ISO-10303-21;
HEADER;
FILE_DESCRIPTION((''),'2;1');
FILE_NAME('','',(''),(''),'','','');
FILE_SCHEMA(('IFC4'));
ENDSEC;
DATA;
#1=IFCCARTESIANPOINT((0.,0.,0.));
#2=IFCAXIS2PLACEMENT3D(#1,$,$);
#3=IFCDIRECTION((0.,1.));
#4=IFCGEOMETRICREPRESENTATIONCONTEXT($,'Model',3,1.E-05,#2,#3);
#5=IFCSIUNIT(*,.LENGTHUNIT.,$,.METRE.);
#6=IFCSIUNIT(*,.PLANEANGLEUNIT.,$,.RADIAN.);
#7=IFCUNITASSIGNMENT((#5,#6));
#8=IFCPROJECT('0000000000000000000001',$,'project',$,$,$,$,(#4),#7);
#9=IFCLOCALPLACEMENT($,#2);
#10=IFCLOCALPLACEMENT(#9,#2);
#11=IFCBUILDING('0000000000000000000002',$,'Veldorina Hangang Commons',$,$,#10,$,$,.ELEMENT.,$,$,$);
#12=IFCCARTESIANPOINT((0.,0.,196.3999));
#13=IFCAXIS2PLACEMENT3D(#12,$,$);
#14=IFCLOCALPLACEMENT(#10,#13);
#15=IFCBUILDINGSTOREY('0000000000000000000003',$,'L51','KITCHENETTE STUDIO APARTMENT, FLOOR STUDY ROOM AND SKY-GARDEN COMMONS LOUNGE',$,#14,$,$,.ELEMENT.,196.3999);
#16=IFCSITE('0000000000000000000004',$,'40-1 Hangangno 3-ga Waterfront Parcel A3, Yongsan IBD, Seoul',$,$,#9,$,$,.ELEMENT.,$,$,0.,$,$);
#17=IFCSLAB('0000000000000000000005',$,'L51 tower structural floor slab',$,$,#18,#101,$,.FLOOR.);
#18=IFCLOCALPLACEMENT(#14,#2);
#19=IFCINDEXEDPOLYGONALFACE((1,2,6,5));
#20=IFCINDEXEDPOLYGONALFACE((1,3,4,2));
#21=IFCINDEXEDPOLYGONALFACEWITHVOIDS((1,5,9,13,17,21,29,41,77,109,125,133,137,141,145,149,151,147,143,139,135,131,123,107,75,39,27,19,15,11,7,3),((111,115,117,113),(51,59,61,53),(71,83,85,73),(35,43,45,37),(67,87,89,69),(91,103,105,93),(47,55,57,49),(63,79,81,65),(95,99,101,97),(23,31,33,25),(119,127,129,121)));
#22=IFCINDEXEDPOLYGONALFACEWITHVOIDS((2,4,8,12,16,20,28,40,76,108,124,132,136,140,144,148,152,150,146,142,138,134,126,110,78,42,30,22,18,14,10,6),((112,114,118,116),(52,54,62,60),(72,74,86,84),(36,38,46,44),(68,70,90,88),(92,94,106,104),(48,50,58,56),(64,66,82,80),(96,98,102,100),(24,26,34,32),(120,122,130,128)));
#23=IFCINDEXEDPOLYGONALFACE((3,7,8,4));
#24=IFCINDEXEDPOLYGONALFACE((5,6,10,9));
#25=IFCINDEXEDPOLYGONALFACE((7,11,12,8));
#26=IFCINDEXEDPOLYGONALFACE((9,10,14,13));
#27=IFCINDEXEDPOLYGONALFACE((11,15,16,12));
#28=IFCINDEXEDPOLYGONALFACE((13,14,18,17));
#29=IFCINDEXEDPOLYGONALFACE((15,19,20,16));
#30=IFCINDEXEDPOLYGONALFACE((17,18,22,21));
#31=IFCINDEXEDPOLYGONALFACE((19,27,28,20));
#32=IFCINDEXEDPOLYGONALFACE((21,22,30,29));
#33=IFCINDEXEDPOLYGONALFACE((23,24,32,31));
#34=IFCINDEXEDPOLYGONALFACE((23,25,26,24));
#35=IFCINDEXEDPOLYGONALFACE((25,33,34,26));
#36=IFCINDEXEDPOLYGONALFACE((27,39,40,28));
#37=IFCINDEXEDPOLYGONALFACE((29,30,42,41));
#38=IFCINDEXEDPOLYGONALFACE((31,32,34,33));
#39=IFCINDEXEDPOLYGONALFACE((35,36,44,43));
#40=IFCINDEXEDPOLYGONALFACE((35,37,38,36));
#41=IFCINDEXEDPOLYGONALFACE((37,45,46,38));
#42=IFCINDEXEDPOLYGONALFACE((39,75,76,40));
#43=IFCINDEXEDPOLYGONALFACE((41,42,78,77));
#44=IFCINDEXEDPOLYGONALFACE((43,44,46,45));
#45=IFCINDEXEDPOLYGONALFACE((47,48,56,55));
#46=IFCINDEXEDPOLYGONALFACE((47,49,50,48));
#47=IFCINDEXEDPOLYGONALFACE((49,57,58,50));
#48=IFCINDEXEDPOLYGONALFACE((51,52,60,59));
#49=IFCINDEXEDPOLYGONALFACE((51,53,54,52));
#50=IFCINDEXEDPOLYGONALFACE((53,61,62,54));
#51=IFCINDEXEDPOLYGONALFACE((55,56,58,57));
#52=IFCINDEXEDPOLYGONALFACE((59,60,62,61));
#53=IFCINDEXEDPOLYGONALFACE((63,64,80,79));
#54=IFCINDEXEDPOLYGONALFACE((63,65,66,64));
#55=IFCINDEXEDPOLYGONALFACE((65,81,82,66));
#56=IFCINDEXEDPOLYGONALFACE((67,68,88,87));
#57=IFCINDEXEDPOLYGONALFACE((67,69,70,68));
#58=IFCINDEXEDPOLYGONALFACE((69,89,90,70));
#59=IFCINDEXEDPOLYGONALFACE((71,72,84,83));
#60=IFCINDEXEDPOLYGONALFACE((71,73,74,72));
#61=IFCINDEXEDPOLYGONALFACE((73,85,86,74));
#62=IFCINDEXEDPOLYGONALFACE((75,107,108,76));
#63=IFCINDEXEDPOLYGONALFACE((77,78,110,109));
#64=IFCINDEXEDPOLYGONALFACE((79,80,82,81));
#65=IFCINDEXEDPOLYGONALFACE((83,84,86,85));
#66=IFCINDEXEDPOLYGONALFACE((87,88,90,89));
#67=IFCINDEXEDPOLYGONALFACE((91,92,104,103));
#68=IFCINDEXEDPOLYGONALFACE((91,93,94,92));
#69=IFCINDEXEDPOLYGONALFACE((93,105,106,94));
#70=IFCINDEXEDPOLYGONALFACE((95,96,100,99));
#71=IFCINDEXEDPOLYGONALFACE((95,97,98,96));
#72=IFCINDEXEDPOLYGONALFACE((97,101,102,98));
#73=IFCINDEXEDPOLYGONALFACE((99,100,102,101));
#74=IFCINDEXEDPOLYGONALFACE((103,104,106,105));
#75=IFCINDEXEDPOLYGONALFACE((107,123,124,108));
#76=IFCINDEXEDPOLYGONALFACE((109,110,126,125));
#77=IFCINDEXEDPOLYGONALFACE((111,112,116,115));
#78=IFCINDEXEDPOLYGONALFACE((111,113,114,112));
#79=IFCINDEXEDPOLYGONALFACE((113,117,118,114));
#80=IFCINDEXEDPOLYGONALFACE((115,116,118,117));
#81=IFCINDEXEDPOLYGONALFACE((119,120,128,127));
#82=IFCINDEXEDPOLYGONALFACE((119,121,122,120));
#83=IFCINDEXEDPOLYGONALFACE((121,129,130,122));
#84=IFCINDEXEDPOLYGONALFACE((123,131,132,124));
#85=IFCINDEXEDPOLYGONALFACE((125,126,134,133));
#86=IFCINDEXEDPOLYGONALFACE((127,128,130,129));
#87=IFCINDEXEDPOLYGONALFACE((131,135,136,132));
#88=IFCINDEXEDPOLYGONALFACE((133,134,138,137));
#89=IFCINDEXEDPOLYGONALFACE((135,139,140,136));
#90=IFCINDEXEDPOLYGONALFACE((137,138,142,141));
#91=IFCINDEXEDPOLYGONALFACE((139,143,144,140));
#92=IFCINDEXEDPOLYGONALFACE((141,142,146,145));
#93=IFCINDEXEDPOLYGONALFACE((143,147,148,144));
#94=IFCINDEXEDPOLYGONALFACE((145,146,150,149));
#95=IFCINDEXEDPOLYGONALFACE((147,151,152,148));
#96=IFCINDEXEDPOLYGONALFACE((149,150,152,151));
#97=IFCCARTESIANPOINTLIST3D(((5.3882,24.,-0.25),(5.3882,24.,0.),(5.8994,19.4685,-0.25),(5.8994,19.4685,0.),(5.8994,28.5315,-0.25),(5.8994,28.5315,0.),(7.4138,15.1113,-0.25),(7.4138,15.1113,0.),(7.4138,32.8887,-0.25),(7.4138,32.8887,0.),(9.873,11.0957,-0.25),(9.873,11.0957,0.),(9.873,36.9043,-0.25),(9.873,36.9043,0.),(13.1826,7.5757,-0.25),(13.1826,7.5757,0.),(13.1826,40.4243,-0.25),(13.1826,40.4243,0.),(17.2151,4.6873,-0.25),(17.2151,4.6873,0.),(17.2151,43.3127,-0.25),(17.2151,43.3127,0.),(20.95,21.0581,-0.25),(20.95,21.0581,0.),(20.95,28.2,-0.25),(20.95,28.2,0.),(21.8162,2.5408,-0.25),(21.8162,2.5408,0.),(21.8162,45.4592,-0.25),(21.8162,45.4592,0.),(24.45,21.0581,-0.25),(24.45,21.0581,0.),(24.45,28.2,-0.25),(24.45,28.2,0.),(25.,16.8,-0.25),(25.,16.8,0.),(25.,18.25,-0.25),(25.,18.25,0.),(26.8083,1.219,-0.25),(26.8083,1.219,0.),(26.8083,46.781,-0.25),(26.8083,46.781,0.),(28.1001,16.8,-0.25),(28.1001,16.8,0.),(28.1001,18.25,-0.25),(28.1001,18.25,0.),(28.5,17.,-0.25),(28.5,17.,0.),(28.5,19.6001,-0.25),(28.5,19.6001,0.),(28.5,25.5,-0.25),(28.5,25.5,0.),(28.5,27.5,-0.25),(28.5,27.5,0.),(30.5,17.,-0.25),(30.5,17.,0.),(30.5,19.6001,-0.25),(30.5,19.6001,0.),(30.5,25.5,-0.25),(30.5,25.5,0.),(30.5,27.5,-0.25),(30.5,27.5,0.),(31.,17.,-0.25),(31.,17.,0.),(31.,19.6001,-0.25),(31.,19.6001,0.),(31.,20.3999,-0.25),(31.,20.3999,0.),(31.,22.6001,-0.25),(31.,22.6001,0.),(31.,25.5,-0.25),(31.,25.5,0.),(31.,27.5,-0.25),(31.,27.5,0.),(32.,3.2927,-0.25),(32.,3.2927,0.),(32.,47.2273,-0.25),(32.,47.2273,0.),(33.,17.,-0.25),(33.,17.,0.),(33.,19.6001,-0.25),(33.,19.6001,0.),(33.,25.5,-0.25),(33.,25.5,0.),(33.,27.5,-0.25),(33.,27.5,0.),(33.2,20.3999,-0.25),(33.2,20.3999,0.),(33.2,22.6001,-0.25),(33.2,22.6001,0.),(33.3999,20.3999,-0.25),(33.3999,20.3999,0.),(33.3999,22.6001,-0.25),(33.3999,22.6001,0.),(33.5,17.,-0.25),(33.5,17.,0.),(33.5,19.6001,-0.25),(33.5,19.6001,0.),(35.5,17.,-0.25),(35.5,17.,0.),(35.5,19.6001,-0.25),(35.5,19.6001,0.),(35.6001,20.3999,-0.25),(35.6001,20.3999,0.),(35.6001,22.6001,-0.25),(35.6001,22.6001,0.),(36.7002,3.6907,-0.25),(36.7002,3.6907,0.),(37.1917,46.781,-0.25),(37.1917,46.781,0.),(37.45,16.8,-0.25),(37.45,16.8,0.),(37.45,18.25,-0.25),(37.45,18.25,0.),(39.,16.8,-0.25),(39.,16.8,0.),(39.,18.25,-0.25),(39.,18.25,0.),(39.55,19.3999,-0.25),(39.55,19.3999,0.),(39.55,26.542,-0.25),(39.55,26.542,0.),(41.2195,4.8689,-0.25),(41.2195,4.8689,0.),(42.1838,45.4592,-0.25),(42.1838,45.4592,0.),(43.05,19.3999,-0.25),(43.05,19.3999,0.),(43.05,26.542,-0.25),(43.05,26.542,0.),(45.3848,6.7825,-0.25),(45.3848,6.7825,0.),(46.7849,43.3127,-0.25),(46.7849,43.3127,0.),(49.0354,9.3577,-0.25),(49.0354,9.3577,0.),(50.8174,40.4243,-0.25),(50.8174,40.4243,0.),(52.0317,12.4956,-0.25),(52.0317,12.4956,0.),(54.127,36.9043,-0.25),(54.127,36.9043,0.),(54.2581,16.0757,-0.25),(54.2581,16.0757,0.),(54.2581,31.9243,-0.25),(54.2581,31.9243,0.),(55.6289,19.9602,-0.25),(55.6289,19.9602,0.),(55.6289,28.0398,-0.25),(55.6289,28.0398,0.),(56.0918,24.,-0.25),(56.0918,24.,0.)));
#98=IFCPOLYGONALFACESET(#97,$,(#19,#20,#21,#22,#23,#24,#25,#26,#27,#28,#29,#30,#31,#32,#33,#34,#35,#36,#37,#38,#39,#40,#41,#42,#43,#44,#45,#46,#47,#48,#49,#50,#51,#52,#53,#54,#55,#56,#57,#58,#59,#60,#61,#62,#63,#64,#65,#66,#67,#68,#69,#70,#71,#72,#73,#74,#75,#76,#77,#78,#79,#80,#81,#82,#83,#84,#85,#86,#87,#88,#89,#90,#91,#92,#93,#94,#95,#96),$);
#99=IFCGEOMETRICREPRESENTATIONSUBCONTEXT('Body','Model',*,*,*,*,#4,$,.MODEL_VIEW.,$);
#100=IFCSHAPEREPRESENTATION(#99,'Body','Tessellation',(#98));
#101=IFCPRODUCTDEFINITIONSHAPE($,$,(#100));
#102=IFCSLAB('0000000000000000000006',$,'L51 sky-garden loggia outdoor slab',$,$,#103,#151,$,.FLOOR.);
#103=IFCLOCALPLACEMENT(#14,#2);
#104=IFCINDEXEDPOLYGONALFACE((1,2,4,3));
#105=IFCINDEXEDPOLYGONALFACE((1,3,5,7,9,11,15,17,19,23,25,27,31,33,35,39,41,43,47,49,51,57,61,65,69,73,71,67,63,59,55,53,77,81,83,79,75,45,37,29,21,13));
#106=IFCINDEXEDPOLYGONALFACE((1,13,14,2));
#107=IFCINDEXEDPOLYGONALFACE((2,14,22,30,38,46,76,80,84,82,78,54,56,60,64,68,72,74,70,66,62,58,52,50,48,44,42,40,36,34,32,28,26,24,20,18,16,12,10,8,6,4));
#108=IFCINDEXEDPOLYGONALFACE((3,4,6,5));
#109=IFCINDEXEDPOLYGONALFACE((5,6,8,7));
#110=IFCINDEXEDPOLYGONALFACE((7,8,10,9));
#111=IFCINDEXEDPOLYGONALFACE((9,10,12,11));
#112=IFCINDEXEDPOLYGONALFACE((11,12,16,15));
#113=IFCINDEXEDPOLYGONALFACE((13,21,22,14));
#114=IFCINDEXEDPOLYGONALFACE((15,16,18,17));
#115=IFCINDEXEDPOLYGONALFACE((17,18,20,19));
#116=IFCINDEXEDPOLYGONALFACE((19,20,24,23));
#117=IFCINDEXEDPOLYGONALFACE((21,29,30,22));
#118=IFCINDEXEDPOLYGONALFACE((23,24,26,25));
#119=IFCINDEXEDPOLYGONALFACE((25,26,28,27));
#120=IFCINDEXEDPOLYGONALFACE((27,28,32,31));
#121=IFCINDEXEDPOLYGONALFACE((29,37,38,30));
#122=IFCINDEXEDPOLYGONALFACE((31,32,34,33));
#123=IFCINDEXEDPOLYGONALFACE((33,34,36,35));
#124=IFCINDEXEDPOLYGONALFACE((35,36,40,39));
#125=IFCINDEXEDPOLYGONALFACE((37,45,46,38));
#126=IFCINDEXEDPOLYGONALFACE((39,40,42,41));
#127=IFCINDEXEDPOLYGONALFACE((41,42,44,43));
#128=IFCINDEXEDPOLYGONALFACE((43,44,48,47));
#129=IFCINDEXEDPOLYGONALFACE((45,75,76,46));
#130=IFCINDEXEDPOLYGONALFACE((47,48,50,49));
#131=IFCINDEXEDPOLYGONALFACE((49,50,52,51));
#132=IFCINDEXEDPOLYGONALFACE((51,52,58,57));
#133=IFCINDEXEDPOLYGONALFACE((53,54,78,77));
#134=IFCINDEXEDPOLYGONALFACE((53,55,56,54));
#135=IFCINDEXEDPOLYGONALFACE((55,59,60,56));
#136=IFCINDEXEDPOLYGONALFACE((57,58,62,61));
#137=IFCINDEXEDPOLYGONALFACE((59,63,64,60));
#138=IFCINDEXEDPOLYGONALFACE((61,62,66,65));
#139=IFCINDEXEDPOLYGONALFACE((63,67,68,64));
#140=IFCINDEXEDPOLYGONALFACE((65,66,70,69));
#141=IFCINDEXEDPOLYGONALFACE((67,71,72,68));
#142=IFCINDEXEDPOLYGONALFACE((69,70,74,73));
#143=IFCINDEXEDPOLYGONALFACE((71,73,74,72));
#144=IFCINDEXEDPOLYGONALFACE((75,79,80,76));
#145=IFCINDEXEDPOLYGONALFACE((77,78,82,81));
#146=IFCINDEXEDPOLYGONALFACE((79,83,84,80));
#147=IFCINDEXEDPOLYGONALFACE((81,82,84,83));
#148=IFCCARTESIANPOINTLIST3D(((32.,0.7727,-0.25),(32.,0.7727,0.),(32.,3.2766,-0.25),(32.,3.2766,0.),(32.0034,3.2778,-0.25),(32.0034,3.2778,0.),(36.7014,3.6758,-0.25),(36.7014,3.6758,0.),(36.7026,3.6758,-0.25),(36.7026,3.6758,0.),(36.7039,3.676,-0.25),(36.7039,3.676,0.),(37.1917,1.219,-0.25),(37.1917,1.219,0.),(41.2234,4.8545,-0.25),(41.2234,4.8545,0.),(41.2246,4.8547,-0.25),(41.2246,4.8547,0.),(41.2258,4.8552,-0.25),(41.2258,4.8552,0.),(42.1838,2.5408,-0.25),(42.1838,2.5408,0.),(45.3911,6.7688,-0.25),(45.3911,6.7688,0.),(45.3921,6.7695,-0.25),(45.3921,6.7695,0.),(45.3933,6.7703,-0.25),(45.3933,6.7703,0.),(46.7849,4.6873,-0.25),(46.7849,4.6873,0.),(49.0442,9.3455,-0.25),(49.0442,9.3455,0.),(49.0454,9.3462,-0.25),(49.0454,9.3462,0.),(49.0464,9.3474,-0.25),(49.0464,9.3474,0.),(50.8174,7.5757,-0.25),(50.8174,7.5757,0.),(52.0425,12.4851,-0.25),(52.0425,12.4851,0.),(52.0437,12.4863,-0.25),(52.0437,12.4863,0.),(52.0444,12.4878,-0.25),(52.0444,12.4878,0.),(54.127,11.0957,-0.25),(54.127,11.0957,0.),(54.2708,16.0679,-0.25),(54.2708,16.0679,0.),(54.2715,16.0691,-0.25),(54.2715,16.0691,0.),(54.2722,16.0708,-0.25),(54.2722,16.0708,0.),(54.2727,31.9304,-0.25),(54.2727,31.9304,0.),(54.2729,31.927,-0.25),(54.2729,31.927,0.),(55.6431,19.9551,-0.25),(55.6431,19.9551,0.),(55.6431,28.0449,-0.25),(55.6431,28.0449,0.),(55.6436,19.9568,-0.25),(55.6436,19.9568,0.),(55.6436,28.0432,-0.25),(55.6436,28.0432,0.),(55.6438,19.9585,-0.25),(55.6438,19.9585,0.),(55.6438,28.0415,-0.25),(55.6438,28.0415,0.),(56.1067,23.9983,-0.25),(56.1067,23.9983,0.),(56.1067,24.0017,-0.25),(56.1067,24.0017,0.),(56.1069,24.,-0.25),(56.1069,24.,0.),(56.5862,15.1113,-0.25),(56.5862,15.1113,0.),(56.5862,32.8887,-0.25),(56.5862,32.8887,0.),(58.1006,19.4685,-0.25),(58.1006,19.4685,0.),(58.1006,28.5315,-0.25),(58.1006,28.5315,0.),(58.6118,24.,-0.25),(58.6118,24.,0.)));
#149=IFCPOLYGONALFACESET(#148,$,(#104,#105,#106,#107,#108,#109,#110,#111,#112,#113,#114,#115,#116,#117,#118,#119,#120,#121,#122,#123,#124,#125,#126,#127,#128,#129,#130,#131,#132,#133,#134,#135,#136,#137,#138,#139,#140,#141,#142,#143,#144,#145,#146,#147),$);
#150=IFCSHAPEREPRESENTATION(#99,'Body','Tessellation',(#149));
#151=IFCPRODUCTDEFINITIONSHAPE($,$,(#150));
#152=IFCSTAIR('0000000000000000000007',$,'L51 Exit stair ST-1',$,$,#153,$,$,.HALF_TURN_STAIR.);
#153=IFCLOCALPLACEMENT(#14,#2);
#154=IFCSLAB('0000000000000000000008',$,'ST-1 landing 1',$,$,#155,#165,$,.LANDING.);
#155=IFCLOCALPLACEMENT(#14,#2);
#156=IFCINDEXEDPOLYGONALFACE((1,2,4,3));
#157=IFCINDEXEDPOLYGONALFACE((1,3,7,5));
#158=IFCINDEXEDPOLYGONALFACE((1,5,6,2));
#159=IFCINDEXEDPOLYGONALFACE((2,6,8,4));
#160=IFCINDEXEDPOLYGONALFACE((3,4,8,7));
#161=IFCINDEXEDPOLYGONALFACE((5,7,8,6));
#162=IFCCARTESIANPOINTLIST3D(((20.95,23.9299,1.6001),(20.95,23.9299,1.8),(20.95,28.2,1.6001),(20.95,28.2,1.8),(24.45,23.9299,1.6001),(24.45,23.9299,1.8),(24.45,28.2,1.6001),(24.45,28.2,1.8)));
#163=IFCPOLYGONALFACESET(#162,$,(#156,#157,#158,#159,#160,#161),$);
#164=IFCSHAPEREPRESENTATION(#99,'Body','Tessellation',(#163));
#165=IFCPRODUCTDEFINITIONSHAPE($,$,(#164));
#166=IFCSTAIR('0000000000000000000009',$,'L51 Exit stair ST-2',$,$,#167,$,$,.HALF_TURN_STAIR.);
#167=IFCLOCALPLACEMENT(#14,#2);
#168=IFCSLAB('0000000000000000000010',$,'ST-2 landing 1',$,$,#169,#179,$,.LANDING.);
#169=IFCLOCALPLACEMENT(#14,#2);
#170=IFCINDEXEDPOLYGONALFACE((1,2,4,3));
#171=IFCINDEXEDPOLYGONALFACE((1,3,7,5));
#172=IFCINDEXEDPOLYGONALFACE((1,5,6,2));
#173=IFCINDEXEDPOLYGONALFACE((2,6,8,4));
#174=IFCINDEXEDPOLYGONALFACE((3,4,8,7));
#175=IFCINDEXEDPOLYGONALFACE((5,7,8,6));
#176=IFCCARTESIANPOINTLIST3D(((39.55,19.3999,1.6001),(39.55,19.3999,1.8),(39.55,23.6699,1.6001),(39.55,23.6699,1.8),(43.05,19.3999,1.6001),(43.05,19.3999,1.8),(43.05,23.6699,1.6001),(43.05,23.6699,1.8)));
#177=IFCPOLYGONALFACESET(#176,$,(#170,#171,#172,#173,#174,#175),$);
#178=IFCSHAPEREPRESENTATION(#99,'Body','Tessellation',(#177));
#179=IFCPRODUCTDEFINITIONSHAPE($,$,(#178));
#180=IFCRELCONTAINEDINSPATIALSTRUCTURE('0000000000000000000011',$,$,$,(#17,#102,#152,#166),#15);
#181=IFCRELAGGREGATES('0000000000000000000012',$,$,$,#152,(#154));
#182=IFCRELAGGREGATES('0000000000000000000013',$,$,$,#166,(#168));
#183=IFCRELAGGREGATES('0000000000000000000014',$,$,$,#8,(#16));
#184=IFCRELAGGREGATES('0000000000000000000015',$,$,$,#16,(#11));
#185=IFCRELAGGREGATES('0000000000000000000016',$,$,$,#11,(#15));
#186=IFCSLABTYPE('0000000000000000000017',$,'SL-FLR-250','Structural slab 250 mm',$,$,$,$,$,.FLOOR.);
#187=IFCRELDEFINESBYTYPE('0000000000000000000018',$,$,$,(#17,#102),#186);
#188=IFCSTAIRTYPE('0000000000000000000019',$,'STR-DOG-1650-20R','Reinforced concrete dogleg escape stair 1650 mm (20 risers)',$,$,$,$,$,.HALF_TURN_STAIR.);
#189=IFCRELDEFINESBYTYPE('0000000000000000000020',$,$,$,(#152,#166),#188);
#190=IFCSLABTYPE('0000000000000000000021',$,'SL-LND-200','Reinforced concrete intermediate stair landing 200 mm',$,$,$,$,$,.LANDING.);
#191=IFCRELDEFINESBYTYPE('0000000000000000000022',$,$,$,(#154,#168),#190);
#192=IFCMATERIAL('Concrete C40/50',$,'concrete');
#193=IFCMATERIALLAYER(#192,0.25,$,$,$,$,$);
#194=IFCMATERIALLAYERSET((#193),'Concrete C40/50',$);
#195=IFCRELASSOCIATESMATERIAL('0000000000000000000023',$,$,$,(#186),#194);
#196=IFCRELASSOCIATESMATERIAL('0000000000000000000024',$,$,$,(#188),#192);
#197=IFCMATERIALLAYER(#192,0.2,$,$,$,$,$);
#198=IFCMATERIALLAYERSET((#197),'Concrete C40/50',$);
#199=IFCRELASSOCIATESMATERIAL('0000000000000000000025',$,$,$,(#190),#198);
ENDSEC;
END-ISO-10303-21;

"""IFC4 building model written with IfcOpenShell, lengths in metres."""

from ifc_helpers import new_model, si_unit, direction, frame, origin, place, context, subcontext, project, spatial, polyline, outline, extrude, material, layer, layer_set, type_object, element, aggregate, save


model = new_model("IFC4")

# Units and contexts
model_context = context("Model", 3, precision=1e-05, world=origin(), true_north=direction((0.0, 1.0)))
body_context = subcontext(model_context, "Body", "Model", "MODEL_VIEW")
ifc_project = project(units=[si_unit("LENGTHUNIT", "METRE"), si_unit("PLANEANGLEUNIT", "RADIAN")], contexts=[model_context])

# Site, building, storey
site_placement = place(None, origin())
site = spatial("IfcSite", under=ifc_project, at=site_placement, Name="40-1 Hangangno 3-ga Waterfront Parcel A3, Yongsan IBD, Seoul", CompositionType="ELEMENT", RefElevation=0.0)
building_placement = place(site_placement, origin())
building = spatial("IfcBuilding", under=site, at=building_placement, Name="Veldorina Hangang Commons", CompositionType="ELEMENT")
storey_placement = place(building_placement, frame((0.0, 0.0, 196.3999)))
storey = spatial("IfcBuildingStorey", under=building, at=storey_placement, Name="L51", Description="KITCHENETTE STUDIO APARTMENT, FLOOR STUDY ROOM AND SKY-GARDEN COMMONS LOUNGE", CompositionType="ELEMENT", Elevation=196.3999)

# Slabs
ifc_material_1 = material(Name="Concrete C40/50", Category="concrete")
ifc_layer_1 = layer(ifc_material_1, 0.25)
ifc_layer_set_1 = layer_set([ifc_layer_1], Name="Concrete C40/50")
slab_type_1 = type_object("IfcSlabType", Name="SL-FLR-250", Description="Structural slab 250 mm", PredefinedType="FLOOR", material=ifc_layer_set_1)
slab_1_placement = place(storey_placement, frame((0.0, 0.0, -0.25)))
element("IfcSlab", 1, at=slab_1_placement, inside=storey, type_object=slab_type_1, Name="L51 tower structural floor slab", PredefinedType="FLOOR", context=body_context, shape_type="SweptSolid", body=[
    extrude(outline(polyline([(56.0918, 24.0), (55.6289, 28.0398), (54.2581, 31.9243), (54.127, 36.9043), (50.8174, 40.4243), (46.7849, 43.3127), (42.1838, 45.4592), (37.1917, 46.781), (32.0, 47.2273), (26.8083, 46.781), (21.8162, 45.4592), (17.2151, 43.3127), (13.1826, 40.4243), (9.873, 36.9043), (7.4138, 32.8887), (5.8994, 28.5315), (5.3882, 24.0), (5.8994, 19.4685), (7.4138, 15.1113), (9.873, 11.0957), (13.1826, 7.5757), (17.2151, 4.6873), (21.8162, 2.5408), (26.8083, 1.219), (32.0, 3.2927), (36.7002, 3.6907), (41.2195, 4.8689), (45.3848, 6.7825), (49.0354, 9.3577), (52.0317, 12.4956), (54.2581, 16.0757), (55.6289, 19.9602), (56.0918, 24.0)]), holes=[polyline([(20.95, 21.0581), (20.95, 28.2), (24.45, 28.2), (24.45, 21.0581), (20.95, 21.0581)]), polyline([(43.05, 26.542), (43.05, 19.3999), (39.55, 19.3999), (39.55, 26.542), (43.05, 26.542)]), polyline([(28.5, 27.5), (30.5, 27.5), (30.5, 25.5), (28.5, 25.5), (28.5, 27.5)]), polyline([(31.0, 27.5), (33.0, 27.5), (33.0, 25.5), (31.0, 25.5), (31.0, 27.5)]), polyline([(31.0, 22.6001), (33.2, 22.6001), (33.2, 20.3999), (31.0, 20.3999), (31.0, 22.6001)]), polyline([(33.3999, 22.6001), (35.6001, 22.6001), (35.6001, 20.3999), (33.3999, 20.3999), (33.3999, 22.6001)]), polyline([(28.5, 19.6001), (30.5, 19.6001), (30.5, 17.0), (28.5, 17.0), (28.5, 19.6001)]), polyline([(31.0, 19.6001), (33.0, 19.6001), (33.0, 17.0), (31.0, 17.0), (31.0, 19.6001)]), polyline([(33.5, 19.6001), (35.5, 19.6001), (35.5, 17.0), (33.5, 17.0), (33.5, 19.6001)]), polyline([(25.0, 18.25), (28.1001, 18.25), (28.1001, 16.8), (25.0, 16.8), (25.0, 18.25)]), polyline([(37.45, 18.25), (39.0, 18.25), (39.0, 16.8), (37.45, 16.8), (37.45, 18.25)])]), origin(), (0.0, 0.0, 1.0), 0.25),
])
slab_2_placement = place(storey_placement, frame((0.0, 0.0, -0.25)))
element("IfcSlab", 2, at=slab_2_placement, inside=storey, type_object=slab_type_1, Name="L51 sky-garden loggia outdoor slab", PredefinedType="FLOOR", context=body_context, shape_type="SweptSolid", body=[
    extrude(outline(polyline([(56.5862, 32.8887), (58.1006, 28.5315), (58.6118, 24.0), (58.1006, 19.4685), (56.5862, 15.1113), (54.127, 11.0957), (50.8174, 7.5757), (46.7849, 4.6873), (42.1838, 2.5408), (37.1917, 1.219), (32.0, 0.7727), (32.0, 3.2766), (32.0034, 3.2778), (36.7014, 3.6758), (36.7026, 3.6758), (36.7039, 3.676), (41.2234, 4.8545), (41.2246, 4.8547), (41.2258, 4.8552), (45.3911, 6.7688), (45.3921, 6.7695), (45.3933, 6.7703), (49.0442, 9.3455), (49.0454, 9.3462), (49.0464, 9.3474), (52.0425, 12.4851), (52.0437, 12.4863), (52.0444, 12.4878), (54.2708, 16.0679), (54.2715, 16.0691), (54.2722, 16.0708), (55.6431, 19.9551), (55.6436, 19.9568), (55.6438, 19.9585), (56.1067, 23.9983), (56.1069, 24.0), (56.1067, 24.0017), (55.6438, 28.0415), (55.6436, 28.0432), (55.6431, 28.0449), (54.2729, 31.927), (54.2727, 31.9304), (56.5862, 32.8887)])), origin(), (0.0, 0.0, 1.0), 0.25),
])

# Stairs, slabs
stair_type = type_object("IfcStairType", Name="STR-DOG-1650-20R", Description="Reinforced concrete dogleg escape stair 1650 mm (20 risers)", PredefinedType="HALF_TURN_STAIR", material=ifc_material_1)
stair_1_placement = place(storey_placement, origin())
stair_1 = element("IfcStair", 3, at=stair_1_placement, inside=storey, type_object=stair_type, Name="L51 Exit stair ST-1", PredefinedType="HALF_TURN_STAIR")
ifc_layer_2 = layer(ifc_material_1, 0.2)
ifc_layer_set_2 = layer_set([ifc_layer_2], Name="Concrete C40/50")
slab_type_2 = type_object("IfcSlabType", Name="SL-LND-200", Description="Reinforced concrete intermediate stair landing 200 mm", PredefinedType="LANDING", material=ifc_layer_set_2)
slab_3_placement = place(storey_placement, frame((0.0, 0.0, 1.6001)))
slab_3 = element("IfcSlab", 4, at=slab_3_placement, type_object=slab_type_2, Name="ST-1 landing 1", PredefinedType="LANDING", context=body_context, shape_type="SweptSolid", body=[
    extrude(outline(polyline([(24.45, 23.9299), (24.45, 28.2), (20.95, 28.2), (20.95, 23.9299), (24.45, 23.9299)])), origin(), (0.0, 0.0, 1.0), 0.2),
])
aggregate(stair_1, [slab_3])
stair_2_placement = place(storey_placement, origin())
stair_2 = element("IfcStair", 5, at=stair_2_placement, inside=storey, type_object=stair_type, Name="L51 Exit stair ST-2", PredefinedType="HALF_TURN_STAIR")
slab_4_placement = place(storey_placement, frame((0.0, 0.0, 1.6001)))
slab_4 = element("IfcSlab", 6, at=slab_4_placement, type_object=slab_type_2, Name="ST-2 landing 1", PredefinedType="LANDING", context=body_context, shape_type="SweptSolid", body=[
    extrude(outline(polyline([(39.55, 23.6699), (39.55, 19.3999), (43.05, 19.3999), (43.05, 23.6699), (39.55, 23.6699)])), origin(), (0.0, 0.0, 1.0), 0.2),
])
aggregate(stair_2, [slab_4])

save(model, "model.ifc")
